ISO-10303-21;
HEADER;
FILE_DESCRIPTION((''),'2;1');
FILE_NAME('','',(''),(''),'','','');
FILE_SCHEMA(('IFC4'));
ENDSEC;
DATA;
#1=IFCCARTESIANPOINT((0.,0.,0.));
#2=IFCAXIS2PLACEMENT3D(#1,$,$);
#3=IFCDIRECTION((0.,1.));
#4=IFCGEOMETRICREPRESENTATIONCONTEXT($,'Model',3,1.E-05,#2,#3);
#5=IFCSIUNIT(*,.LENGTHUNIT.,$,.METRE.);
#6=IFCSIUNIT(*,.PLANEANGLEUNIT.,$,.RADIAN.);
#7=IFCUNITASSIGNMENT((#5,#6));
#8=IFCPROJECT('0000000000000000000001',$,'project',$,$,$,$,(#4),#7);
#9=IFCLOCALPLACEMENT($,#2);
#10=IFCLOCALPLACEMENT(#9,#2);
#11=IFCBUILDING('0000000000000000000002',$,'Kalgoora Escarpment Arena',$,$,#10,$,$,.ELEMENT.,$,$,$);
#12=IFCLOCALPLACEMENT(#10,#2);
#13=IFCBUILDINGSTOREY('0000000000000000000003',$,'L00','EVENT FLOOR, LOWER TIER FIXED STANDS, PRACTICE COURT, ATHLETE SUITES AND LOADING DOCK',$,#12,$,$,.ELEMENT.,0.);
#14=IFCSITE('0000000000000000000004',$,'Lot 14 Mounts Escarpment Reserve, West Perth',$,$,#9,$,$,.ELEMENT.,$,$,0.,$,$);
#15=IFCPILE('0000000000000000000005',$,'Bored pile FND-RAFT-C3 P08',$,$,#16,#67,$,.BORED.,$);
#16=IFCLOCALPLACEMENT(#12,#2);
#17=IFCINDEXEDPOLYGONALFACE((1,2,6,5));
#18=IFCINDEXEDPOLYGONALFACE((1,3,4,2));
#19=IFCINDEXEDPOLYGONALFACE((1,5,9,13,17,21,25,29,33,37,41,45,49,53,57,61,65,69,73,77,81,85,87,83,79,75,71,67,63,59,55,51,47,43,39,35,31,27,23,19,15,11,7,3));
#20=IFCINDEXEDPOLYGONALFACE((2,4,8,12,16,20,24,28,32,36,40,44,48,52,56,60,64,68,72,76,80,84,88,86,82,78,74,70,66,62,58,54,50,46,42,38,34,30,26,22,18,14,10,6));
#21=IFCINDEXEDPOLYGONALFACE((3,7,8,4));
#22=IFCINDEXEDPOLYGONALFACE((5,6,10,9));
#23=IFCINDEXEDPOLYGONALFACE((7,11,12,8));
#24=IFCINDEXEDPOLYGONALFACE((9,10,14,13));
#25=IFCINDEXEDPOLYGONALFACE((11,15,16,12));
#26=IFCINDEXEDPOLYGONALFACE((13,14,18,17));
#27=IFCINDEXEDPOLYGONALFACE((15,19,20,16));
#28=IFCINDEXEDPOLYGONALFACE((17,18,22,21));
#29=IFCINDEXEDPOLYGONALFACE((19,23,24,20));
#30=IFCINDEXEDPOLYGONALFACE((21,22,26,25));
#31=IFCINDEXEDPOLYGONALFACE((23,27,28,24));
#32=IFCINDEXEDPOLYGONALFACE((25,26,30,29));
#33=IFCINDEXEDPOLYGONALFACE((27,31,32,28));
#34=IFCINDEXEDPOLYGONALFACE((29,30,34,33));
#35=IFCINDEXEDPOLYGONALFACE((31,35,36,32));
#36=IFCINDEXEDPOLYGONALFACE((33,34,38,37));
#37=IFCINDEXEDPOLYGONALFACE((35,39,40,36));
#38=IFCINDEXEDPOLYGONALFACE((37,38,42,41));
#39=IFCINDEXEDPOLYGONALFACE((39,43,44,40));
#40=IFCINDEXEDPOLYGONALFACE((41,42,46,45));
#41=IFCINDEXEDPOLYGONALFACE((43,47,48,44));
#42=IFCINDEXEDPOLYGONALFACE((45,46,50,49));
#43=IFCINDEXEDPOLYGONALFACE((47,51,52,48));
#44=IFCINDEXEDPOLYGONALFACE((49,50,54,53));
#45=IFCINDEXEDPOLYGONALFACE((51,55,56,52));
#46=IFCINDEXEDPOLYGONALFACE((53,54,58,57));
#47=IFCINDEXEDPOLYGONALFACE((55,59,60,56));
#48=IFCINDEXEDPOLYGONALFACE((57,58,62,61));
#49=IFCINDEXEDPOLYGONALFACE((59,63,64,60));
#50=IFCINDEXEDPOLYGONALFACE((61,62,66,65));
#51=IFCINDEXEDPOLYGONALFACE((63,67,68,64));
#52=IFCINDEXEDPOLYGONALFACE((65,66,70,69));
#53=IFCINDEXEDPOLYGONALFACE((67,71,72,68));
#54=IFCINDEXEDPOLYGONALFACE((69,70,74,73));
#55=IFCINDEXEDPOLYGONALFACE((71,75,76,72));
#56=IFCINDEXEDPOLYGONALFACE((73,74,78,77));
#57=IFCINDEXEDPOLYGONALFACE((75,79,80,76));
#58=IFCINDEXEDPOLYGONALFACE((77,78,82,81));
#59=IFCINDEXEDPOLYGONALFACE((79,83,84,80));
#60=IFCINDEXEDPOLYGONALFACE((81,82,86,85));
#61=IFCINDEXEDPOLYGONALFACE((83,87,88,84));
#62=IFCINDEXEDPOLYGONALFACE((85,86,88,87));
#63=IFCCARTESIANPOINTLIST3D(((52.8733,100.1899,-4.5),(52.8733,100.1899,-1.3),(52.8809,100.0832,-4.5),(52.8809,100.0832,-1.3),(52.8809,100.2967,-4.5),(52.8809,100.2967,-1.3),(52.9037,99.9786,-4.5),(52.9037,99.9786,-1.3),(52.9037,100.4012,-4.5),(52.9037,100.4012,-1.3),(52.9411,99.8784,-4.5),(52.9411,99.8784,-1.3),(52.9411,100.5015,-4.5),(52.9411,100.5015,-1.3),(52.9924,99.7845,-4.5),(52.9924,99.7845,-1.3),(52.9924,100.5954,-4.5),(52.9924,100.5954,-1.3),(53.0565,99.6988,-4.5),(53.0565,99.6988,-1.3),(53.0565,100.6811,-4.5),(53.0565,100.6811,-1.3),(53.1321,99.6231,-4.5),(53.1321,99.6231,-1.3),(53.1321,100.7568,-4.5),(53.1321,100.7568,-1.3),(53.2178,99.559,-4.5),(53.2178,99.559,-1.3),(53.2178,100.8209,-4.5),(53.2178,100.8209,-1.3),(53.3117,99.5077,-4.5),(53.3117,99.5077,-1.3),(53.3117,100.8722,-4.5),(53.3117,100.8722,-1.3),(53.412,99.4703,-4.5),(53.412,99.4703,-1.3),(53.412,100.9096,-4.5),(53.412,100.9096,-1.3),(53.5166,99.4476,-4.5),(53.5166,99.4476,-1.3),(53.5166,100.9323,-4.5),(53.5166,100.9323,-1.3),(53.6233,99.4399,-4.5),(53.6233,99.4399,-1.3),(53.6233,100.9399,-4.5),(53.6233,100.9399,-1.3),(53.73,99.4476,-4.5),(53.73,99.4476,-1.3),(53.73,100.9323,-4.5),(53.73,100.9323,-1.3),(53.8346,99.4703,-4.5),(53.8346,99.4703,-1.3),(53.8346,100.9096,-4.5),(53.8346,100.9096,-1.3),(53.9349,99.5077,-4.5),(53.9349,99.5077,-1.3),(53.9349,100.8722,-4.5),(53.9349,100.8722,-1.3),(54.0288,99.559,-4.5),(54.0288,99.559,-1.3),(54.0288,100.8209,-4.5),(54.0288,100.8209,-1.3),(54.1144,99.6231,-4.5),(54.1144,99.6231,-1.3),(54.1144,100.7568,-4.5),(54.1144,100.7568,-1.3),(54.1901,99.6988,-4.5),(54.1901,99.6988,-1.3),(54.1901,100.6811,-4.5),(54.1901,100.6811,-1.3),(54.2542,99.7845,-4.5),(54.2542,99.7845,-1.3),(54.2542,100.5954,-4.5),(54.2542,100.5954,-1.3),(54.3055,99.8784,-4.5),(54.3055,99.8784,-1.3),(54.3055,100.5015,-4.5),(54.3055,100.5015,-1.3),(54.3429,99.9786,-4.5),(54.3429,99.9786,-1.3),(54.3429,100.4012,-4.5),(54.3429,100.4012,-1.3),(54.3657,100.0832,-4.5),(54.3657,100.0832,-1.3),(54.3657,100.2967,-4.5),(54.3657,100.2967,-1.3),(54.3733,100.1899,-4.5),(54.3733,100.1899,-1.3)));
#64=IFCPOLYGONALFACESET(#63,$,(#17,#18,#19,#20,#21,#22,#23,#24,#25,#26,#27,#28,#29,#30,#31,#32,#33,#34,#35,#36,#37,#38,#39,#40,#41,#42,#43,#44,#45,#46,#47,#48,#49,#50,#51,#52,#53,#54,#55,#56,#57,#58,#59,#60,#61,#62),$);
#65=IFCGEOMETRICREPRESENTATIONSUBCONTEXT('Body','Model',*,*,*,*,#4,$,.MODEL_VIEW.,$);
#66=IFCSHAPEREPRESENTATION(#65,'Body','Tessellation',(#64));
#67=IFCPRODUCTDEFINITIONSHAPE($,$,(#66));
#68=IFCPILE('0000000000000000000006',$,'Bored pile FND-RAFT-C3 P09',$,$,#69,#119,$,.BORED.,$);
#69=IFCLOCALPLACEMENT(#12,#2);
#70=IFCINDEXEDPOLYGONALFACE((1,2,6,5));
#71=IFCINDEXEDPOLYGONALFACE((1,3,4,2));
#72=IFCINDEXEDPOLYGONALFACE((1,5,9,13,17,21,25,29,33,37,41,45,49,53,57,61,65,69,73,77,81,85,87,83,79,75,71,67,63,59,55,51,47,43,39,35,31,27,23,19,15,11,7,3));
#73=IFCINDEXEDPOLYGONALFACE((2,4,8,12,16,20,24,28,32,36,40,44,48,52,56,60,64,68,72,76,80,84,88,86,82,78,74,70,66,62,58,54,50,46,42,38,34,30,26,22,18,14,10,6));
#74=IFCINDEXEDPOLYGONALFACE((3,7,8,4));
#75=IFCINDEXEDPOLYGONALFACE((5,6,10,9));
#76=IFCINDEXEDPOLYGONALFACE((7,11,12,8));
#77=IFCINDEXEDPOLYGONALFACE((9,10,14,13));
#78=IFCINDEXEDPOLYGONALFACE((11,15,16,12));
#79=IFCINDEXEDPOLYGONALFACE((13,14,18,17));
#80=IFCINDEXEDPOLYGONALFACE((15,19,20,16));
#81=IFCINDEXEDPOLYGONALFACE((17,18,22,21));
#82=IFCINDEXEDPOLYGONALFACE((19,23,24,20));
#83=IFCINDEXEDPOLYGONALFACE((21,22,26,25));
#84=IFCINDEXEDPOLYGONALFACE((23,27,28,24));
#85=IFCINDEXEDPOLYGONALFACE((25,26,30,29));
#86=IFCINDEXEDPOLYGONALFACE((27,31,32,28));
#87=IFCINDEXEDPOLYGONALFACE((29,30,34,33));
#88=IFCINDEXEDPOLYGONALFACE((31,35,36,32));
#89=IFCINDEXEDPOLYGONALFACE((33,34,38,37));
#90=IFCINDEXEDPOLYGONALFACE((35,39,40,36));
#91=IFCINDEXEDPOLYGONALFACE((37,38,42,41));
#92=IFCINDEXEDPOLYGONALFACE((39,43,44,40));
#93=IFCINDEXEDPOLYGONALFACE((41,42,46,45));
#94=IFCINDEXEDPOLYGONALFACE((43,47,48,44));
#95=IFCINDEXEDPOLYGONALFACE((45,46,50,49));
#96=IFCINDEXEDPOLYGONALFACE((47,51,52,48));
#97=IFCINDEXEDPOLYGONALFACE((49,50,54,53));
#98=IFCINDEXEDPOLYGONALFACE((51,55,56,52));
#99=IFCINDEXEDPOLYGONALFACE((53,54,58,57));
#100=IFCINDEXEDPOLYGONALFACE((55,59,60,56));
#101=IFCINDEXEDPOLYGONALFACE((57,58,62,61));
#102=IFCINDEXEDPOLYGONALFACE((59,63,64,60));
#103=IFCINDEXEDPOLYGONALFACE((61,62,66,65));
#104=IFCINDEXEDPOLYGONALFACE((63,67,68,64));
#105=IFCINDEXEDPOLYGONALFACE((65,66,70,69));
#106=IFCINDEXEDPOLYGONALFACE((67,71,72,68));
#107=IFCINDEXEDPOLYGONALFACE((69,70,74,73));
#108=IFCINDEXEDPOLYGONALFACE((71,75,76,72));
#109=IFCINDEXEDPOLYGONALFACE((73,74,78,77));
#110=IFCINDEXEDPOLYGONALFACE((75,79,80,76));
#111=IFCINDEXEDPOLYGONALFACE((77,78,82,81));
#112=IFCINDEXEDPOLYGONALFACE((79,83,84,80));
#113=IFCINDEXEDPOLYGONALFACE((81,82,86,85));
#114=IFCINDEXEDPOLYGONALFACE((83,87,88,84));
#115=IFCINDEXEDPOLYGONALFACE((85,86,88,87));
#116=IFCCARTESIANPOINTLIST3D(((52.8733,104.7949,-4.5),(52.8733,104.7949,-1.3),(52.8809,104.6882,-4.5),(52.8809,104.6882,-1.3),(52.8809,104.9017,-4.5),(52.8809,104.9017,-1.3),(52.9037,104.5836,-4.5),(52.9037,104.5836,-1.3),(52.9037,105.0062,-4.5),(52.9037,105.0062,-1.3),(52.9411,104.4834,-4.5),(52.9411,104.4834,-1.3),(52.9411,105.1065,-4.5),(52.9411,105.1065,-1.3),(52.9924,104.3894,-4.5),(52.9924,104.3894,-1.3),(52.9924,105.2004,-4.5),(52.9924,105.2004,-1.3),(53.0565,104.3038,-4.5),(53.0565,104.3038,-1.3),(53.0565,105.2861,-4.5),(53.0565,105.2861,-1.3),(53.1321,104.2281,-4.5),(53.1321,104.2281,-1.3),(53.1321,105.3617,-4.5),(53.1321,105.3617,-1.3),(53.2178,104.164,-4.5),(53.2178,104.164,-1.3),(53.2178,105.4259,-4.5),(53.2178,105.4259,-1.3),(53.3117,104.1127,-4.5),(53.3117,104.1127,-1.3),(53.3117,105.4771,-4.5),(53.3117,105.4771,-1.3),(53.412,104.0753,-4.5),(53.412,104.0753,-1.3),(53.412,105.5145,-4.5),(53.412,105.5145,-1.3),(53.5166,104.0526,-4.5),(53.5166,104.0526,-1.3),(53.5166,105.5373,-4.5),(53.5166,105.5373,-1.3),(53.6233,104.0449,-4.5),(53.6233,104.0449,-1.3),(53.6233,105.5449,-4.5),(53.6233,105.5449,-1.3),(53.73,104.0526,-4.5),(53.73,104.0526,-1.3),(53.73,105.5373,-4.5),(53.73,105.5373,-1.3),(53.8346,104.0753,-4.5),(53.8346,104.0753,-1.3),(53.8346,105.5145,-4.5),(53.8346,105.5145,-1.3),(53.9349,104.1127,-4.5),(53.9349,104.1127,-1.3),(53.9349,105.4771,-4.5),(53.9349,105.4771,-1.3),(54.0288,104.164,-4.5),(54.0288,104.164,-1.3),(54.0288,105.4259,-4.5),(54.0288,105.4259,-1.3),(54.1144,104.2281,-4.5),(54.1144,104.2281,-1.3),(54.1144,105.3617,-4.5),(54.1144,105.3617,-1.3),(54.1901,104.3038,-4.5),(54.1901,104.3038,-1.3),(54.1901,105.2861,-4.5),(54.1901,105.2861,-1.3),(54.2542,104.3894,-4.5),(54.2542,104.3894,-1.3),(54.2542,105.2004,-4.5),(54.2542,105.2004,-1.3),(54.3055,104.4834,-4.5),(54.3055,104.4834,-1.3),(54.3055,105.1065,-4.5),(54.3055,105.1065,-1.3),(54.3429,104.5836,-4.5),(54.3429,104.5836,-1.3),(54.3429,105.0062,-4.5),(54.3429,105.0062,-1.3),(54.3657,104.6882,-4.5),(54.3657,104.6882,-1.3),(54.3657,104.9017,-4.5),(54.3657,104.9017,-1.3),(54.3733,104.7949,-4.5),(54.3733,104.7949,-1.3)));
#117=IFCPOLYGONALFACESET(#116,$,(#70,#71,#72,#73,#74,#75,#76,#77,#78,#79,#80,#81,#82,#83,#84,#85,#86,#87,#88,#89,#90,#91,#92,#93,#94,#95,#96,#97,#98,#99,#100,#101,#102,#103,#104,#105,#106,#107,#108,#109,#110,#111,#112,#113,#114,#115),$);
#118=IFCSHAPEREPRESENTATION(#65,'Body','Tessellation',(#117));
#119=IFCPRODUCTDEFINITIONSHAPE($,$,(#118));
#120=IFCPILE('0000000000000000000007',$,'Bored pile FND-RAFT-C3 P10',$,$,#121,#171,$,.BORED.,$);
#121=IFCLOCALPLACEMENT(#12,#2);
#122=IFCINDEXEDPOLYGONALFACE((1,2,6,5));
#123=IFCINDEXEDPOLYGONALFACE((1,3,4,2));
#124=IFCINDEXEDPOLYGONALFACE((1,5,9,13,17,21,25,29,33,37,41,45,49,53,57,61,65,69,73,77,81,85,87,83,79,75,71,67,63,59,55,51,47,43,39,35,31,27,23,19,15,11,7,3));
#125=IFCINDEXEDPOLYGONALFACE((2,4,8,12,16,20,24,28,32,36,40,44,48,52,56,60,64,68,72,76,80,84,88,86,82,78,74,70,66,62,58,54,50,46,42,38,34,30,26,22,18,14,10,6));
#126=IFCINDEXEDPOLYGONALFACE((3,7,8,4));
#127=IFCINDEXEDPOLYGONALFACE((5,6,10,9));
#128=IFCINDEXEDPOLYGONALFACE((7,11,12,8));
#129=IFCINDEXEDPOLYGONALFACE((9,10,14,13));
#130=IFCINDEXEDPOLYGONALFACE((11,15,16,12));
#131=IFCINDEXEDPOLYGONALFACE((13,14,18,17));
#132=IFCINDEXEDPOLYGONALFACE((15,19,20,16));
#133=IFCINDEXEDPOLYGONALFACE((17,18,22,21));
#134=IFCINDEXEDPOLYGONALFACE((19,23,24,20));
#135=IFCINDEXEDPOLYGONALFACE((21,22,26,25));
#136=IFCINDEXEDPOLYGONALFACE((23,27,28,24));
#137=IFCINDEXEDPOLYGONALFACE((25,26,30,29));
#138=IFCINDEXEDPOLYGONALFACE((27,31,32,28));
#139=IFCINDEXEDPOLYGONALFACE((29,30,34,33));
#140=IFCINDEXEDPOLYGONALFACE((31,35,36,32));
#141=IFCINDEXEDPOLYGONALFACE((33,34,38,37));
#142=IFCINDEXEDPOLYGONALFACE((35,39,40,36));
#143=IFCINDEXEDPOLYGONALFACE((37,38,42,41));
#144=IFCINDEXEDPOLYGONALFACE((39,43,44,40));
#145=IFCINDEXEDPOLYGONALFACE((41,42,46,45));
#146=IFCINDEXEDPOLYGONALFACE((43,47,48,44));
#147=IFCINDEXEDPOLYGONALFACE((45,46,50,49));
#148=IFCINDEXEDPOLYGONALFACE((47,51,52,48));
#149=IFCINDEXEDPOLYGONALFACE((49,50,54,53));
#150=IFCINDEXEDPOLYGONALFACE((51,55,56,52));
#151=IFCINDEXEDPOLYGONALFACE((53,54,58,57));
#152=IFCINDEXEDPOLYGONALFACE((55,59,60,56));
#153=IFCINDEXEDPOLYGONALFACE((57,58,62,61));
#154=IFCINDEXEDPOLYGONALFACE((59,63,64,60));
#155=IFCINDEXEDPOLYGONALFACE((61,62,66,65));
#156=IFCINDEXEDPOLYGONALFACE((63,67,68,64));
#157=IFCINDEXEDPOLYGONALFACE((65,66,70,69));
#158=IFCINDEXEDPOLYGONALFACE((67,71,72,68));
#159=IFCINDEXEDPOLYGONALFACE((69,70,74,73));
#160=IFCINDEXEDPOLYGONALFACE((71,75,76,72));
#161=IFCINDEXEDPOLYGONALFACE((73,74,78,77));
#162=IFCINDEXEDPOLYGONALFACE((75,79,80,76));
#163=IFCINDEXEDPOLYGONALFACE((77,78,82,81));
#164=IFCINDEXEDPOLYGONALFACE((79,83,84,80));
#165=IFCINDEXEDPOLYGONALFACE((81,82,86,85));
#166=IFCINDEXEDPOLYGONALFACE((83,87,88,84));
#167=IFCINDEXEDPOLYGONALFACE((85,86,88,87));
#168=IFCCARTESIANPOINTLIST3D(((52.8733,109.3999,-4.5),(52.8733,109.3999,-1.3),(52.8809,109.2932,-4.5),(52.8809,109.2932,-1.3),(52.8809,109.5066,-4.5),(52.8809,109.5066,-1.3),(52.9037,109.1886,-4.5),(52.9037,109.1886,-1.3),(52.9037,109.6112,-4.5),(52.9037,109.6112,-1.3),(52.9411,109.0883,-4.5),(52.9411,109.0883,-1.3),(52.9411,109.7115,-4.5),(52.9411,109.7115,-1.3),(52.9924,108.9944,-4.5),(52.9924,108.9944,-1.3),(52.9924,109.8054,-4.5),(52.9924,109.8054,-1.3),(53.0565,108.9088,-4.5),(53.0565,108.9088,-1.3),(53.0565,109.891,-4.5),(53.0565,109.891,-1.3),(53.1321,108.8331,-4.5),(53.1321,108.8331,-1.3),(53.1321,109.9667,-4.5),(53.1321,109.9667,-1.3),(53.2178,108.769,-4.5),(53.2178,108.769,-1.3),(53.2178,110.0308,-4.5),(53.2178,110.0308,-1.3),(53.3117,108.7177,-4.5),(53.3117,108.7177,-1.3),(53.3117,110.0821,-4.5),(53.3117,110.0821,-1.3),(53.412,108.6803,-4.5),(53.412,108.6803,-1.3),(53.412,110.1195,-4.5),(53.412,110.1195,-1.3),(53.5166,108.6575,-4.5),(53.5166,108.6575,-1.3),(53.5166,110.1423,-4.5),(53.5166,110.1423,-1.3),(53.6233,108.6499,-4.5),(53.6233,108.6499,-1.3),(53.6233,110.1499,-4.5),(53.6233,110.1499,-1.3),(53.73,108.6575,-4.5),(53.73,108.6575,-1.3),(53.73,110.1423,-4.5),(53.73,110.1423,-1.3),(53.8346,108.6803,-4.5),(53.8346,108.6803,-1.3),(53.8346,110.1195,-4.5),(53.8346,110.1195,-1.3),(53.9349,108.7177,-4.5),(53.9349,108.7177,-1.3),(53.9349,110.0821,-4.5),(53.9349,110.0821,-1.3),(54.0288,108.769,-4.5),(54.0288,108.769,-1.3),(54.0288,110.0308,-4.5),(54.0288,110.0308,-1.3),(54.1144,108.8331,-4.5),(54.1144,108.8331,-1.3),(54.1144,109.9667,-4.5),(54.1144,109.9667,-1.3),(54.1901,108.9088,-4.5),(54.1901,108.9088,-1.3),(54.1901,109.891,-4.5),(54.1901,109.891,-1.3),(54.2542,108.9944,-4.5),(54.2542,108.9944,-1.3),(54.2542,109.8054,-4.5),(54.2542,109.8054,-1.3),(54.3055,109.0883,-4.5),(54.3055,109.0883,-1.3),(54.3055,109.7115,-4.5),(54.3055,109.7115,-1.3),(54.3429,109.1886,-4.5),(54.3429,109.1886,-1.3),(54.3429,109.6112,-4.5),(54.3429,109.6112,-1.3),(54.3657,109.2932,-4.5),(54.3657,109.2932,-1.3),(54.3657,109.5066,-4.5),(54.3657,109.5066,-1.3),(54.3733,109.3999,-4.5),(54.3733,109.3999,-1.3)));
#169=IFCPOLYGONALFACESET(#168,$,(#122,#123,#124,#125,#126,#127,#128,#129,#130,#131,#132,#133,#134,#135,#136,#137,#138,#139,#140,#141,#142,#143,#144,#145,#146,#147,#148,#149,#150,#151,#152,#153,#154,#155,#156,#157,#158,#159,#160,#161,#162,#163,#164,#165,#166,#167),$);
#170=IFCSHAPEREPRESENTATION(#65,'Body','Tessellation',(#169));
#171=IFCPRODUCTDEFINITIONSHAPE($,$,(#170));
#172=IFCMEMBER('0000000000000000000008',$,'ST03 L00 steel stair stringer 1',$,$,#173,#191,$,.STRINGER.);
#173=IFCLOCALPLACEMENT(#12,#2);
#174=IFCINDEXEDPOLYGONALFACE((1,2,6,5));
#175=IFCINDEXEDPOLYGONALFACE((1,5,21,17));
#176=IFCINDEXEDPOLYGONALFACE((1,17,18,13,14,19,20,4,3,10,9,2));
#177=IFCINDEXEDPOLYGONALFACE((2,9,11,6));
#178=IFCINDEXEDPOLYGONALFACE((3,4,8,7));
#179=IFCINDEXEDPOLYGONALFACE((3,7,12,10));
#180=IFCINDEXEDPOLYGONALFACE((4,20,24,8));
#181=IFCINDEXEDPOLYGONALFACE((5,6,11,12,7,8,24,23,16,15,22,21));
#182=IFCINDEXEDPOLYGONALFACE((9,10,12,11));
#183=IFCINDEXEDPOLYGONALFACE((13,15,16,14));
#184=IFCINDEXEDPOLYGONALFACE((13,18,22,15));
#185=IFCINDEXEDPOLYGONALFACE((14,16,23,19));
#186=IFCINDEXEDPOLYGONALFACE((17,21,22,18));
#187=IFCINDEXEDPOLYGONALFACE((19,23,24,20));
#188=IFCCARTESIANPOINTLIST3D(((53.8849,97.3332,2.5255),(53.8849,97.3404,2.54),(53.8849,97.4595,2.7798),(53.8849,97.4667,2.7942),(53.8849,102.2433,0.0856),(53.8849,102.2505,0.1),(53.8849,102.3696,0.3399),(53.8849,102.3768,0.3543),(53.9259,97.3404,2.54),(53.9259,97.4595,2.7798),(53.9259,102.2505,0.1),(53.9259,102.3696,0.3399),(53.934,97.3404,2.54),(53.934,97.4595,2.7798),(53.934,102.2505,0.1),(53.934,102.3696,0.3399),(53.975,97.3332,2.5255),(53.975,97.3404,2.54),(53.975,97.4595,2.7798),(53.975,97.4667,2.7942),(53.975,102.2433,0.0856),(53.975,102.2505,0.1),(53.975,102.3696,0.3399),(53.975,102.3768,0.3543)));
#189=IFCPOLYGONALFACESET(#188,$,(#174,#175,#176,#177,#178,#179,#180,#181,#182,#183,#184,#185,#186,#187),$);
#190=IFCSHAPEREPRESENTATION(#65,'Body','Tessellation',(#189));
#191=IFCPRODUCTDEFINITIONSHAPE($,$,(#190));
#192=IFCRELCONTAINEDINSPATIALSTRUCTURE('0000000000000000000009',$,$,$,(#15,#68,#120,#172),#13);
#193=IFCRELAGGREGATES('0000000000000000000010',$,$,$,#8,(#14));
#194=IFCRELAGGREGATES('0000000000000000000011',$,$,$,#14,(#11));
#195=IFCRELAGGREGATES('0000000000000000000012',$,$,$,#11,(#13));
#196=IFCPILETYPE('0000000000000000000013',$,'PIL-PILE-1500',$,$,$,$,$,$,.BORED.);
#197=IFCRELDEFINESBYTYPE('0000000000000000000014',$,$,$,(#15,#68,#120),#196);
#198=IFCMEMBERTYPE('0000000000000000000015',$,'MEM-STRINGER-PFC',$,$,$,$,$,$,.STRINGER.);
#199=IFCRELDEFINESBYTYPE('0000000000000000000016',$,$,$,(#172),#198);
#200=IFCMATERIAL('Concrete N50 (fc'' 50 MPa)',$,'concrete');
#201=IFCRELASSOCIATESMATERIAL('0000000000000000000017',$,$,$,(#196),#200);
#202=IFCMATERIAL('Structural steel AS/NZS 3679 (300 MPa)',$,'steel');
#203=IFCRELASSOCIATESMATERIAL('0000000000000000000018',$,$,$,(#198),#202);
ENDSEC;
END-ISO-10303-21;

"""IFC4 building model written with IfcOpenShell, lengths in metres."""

from ifc_helpers import new_model, si_unit, direction, frame, origin, origin_2d, place, context, subcontext, project, spatial, circle, i_section, extrude, material, material_profile, profile_set, type_object, element, save


model = new_model("IFC4")

# Units and contexts
model_context = context("Model", 3, precision=1e-05, world=origin(), true_north=direction((0.0, 1.0)))
body_context = subcontext(model_context, "Body", "Model", "MODEL_VIEW")
ifc_project = project(units=[si_unit("LENGTHUNIT", "METRE"), si_unit("PLANEANGLEUNIT", "RADIAN")], contexts=[model_context])

# Site, building, storey
site_placement = place(None, origin())
site = spatial("IfcSite", under=ifc_project, at=site_placement, Name="Lot 14 Mounts Escarpment Reserve, West Perth", CompositionType="ELEMENT", RefElevation=0.0)
building_placement = place(site_placement, origin())
building = spatial("IfcBuilding", under=site, at=building_placement, Name="Kalgoora Escarpment Arena", CompositionType="ELEMENT")
storey_placement = place(building_placement, origin())
storey = spatial("IfcBuildingStorey", under=building, at=storey_placement, Name="L00", Description="EVENT FLOOR, LOWER TIER FIXED STANDS, PRACTICE COURT, ATHLETE SUITES AND LOADING DOCK", CompositionType="ELEMENT", Elevation=0.0)

# Piles
ifc_material_1 = material(Name="Concrete N50 (fc' 50 MPa)", Category="concrete")
ifc_material_profile_1 = material_profile(ifc_material_1, circle(Radius=0.75, at=origin_2d()))
ifc_profile_set_1 = profile_set([ifc_material_profile_1], Name="Concrete N50 (fc' 50 MPa)")
pile_type_1 = type_object("IfcPileType", Name="PIL-PILE-1500", PredefinedType="BORED", material=ifc_profile_set_1)
for number, where, z_axis, x_axis, name in (
    (1, (53.6233, 100.1899, -1.3), (0.0, 0.0, -1.0), (1.0, 0.0, 0.0), "Bored pile FND-RAFT-C3 P08"),
    (2, (53.6233, 104.7949, -1.3), (0.0, 0.0, -1.0), (1.0, 0.0, 0.0), "Bored pile FND-RAFT-C3 P09"),
    (3, (53.6233, 109.3999, -1.3), (0.0, 0.0, -1.0), (1.0, 0.0, 0.0), "Bored pile FND-RAFT-C3 P10"),
):
    element("IfcPile", number, at=place(storey_placement, frame(where, z_axis=z_axis, x_axis=x_axis)), inside=storey, type_object=pile_type_1, Name=name, PredefinedType="BORED", context=body_context, shape_type="SweptSolid", body=[
        extrude(circle(Radius=0.75, at=origin_2d()), origin(), (0.0, 0.0, 1.0), 3.2),
    ])

# Member
ifc_material_2 = material(Name="Structural steel AS/NZS 3679 (300 MPa)", Category="steel")
ifc_material_profile_2 = material_profile(ifc_material_2, i_section(OverallWidth=0.0901, OverallDepth=0.3, WebThickness=0.0081, FlangeThickness=0.0161, at=origin_2d()))
ifc_profile_set_2 = profile_set([ifc_material_profile_2], Name="Structural steel AS/NZS 3679 (300 MPa)")
member_type = type_object("IfcMemberType", Name="MEM-STRINGER-PFC", PredefinedType="STRINGER", material=ifc_profile_set_2)
member_placement = place(storey_placement, frame((53.9299, 102.3101, 0.22), z_axis=(0.0, -0.895529, 0.445004), x_axis=(1.0, 0.0, 0.0)))
element("IfcMember", 4, at=member_placement, inside=storey, type_object=member_type, Name="ST03 L00 steel stair stringer 1", PredefinedType="STRINGER", context=body_context, shape_type="SweptSolid", body=[
    extrude(i_section(OverallWidth=0.0901, OverallDepth=0.3, WebThickness=0.0081, FlangeThickness=0.0161, at=origin_2d()), origin(), (0.0, 0.0, 1.0), 5.4829),
])

save(model, "model.ifc")
